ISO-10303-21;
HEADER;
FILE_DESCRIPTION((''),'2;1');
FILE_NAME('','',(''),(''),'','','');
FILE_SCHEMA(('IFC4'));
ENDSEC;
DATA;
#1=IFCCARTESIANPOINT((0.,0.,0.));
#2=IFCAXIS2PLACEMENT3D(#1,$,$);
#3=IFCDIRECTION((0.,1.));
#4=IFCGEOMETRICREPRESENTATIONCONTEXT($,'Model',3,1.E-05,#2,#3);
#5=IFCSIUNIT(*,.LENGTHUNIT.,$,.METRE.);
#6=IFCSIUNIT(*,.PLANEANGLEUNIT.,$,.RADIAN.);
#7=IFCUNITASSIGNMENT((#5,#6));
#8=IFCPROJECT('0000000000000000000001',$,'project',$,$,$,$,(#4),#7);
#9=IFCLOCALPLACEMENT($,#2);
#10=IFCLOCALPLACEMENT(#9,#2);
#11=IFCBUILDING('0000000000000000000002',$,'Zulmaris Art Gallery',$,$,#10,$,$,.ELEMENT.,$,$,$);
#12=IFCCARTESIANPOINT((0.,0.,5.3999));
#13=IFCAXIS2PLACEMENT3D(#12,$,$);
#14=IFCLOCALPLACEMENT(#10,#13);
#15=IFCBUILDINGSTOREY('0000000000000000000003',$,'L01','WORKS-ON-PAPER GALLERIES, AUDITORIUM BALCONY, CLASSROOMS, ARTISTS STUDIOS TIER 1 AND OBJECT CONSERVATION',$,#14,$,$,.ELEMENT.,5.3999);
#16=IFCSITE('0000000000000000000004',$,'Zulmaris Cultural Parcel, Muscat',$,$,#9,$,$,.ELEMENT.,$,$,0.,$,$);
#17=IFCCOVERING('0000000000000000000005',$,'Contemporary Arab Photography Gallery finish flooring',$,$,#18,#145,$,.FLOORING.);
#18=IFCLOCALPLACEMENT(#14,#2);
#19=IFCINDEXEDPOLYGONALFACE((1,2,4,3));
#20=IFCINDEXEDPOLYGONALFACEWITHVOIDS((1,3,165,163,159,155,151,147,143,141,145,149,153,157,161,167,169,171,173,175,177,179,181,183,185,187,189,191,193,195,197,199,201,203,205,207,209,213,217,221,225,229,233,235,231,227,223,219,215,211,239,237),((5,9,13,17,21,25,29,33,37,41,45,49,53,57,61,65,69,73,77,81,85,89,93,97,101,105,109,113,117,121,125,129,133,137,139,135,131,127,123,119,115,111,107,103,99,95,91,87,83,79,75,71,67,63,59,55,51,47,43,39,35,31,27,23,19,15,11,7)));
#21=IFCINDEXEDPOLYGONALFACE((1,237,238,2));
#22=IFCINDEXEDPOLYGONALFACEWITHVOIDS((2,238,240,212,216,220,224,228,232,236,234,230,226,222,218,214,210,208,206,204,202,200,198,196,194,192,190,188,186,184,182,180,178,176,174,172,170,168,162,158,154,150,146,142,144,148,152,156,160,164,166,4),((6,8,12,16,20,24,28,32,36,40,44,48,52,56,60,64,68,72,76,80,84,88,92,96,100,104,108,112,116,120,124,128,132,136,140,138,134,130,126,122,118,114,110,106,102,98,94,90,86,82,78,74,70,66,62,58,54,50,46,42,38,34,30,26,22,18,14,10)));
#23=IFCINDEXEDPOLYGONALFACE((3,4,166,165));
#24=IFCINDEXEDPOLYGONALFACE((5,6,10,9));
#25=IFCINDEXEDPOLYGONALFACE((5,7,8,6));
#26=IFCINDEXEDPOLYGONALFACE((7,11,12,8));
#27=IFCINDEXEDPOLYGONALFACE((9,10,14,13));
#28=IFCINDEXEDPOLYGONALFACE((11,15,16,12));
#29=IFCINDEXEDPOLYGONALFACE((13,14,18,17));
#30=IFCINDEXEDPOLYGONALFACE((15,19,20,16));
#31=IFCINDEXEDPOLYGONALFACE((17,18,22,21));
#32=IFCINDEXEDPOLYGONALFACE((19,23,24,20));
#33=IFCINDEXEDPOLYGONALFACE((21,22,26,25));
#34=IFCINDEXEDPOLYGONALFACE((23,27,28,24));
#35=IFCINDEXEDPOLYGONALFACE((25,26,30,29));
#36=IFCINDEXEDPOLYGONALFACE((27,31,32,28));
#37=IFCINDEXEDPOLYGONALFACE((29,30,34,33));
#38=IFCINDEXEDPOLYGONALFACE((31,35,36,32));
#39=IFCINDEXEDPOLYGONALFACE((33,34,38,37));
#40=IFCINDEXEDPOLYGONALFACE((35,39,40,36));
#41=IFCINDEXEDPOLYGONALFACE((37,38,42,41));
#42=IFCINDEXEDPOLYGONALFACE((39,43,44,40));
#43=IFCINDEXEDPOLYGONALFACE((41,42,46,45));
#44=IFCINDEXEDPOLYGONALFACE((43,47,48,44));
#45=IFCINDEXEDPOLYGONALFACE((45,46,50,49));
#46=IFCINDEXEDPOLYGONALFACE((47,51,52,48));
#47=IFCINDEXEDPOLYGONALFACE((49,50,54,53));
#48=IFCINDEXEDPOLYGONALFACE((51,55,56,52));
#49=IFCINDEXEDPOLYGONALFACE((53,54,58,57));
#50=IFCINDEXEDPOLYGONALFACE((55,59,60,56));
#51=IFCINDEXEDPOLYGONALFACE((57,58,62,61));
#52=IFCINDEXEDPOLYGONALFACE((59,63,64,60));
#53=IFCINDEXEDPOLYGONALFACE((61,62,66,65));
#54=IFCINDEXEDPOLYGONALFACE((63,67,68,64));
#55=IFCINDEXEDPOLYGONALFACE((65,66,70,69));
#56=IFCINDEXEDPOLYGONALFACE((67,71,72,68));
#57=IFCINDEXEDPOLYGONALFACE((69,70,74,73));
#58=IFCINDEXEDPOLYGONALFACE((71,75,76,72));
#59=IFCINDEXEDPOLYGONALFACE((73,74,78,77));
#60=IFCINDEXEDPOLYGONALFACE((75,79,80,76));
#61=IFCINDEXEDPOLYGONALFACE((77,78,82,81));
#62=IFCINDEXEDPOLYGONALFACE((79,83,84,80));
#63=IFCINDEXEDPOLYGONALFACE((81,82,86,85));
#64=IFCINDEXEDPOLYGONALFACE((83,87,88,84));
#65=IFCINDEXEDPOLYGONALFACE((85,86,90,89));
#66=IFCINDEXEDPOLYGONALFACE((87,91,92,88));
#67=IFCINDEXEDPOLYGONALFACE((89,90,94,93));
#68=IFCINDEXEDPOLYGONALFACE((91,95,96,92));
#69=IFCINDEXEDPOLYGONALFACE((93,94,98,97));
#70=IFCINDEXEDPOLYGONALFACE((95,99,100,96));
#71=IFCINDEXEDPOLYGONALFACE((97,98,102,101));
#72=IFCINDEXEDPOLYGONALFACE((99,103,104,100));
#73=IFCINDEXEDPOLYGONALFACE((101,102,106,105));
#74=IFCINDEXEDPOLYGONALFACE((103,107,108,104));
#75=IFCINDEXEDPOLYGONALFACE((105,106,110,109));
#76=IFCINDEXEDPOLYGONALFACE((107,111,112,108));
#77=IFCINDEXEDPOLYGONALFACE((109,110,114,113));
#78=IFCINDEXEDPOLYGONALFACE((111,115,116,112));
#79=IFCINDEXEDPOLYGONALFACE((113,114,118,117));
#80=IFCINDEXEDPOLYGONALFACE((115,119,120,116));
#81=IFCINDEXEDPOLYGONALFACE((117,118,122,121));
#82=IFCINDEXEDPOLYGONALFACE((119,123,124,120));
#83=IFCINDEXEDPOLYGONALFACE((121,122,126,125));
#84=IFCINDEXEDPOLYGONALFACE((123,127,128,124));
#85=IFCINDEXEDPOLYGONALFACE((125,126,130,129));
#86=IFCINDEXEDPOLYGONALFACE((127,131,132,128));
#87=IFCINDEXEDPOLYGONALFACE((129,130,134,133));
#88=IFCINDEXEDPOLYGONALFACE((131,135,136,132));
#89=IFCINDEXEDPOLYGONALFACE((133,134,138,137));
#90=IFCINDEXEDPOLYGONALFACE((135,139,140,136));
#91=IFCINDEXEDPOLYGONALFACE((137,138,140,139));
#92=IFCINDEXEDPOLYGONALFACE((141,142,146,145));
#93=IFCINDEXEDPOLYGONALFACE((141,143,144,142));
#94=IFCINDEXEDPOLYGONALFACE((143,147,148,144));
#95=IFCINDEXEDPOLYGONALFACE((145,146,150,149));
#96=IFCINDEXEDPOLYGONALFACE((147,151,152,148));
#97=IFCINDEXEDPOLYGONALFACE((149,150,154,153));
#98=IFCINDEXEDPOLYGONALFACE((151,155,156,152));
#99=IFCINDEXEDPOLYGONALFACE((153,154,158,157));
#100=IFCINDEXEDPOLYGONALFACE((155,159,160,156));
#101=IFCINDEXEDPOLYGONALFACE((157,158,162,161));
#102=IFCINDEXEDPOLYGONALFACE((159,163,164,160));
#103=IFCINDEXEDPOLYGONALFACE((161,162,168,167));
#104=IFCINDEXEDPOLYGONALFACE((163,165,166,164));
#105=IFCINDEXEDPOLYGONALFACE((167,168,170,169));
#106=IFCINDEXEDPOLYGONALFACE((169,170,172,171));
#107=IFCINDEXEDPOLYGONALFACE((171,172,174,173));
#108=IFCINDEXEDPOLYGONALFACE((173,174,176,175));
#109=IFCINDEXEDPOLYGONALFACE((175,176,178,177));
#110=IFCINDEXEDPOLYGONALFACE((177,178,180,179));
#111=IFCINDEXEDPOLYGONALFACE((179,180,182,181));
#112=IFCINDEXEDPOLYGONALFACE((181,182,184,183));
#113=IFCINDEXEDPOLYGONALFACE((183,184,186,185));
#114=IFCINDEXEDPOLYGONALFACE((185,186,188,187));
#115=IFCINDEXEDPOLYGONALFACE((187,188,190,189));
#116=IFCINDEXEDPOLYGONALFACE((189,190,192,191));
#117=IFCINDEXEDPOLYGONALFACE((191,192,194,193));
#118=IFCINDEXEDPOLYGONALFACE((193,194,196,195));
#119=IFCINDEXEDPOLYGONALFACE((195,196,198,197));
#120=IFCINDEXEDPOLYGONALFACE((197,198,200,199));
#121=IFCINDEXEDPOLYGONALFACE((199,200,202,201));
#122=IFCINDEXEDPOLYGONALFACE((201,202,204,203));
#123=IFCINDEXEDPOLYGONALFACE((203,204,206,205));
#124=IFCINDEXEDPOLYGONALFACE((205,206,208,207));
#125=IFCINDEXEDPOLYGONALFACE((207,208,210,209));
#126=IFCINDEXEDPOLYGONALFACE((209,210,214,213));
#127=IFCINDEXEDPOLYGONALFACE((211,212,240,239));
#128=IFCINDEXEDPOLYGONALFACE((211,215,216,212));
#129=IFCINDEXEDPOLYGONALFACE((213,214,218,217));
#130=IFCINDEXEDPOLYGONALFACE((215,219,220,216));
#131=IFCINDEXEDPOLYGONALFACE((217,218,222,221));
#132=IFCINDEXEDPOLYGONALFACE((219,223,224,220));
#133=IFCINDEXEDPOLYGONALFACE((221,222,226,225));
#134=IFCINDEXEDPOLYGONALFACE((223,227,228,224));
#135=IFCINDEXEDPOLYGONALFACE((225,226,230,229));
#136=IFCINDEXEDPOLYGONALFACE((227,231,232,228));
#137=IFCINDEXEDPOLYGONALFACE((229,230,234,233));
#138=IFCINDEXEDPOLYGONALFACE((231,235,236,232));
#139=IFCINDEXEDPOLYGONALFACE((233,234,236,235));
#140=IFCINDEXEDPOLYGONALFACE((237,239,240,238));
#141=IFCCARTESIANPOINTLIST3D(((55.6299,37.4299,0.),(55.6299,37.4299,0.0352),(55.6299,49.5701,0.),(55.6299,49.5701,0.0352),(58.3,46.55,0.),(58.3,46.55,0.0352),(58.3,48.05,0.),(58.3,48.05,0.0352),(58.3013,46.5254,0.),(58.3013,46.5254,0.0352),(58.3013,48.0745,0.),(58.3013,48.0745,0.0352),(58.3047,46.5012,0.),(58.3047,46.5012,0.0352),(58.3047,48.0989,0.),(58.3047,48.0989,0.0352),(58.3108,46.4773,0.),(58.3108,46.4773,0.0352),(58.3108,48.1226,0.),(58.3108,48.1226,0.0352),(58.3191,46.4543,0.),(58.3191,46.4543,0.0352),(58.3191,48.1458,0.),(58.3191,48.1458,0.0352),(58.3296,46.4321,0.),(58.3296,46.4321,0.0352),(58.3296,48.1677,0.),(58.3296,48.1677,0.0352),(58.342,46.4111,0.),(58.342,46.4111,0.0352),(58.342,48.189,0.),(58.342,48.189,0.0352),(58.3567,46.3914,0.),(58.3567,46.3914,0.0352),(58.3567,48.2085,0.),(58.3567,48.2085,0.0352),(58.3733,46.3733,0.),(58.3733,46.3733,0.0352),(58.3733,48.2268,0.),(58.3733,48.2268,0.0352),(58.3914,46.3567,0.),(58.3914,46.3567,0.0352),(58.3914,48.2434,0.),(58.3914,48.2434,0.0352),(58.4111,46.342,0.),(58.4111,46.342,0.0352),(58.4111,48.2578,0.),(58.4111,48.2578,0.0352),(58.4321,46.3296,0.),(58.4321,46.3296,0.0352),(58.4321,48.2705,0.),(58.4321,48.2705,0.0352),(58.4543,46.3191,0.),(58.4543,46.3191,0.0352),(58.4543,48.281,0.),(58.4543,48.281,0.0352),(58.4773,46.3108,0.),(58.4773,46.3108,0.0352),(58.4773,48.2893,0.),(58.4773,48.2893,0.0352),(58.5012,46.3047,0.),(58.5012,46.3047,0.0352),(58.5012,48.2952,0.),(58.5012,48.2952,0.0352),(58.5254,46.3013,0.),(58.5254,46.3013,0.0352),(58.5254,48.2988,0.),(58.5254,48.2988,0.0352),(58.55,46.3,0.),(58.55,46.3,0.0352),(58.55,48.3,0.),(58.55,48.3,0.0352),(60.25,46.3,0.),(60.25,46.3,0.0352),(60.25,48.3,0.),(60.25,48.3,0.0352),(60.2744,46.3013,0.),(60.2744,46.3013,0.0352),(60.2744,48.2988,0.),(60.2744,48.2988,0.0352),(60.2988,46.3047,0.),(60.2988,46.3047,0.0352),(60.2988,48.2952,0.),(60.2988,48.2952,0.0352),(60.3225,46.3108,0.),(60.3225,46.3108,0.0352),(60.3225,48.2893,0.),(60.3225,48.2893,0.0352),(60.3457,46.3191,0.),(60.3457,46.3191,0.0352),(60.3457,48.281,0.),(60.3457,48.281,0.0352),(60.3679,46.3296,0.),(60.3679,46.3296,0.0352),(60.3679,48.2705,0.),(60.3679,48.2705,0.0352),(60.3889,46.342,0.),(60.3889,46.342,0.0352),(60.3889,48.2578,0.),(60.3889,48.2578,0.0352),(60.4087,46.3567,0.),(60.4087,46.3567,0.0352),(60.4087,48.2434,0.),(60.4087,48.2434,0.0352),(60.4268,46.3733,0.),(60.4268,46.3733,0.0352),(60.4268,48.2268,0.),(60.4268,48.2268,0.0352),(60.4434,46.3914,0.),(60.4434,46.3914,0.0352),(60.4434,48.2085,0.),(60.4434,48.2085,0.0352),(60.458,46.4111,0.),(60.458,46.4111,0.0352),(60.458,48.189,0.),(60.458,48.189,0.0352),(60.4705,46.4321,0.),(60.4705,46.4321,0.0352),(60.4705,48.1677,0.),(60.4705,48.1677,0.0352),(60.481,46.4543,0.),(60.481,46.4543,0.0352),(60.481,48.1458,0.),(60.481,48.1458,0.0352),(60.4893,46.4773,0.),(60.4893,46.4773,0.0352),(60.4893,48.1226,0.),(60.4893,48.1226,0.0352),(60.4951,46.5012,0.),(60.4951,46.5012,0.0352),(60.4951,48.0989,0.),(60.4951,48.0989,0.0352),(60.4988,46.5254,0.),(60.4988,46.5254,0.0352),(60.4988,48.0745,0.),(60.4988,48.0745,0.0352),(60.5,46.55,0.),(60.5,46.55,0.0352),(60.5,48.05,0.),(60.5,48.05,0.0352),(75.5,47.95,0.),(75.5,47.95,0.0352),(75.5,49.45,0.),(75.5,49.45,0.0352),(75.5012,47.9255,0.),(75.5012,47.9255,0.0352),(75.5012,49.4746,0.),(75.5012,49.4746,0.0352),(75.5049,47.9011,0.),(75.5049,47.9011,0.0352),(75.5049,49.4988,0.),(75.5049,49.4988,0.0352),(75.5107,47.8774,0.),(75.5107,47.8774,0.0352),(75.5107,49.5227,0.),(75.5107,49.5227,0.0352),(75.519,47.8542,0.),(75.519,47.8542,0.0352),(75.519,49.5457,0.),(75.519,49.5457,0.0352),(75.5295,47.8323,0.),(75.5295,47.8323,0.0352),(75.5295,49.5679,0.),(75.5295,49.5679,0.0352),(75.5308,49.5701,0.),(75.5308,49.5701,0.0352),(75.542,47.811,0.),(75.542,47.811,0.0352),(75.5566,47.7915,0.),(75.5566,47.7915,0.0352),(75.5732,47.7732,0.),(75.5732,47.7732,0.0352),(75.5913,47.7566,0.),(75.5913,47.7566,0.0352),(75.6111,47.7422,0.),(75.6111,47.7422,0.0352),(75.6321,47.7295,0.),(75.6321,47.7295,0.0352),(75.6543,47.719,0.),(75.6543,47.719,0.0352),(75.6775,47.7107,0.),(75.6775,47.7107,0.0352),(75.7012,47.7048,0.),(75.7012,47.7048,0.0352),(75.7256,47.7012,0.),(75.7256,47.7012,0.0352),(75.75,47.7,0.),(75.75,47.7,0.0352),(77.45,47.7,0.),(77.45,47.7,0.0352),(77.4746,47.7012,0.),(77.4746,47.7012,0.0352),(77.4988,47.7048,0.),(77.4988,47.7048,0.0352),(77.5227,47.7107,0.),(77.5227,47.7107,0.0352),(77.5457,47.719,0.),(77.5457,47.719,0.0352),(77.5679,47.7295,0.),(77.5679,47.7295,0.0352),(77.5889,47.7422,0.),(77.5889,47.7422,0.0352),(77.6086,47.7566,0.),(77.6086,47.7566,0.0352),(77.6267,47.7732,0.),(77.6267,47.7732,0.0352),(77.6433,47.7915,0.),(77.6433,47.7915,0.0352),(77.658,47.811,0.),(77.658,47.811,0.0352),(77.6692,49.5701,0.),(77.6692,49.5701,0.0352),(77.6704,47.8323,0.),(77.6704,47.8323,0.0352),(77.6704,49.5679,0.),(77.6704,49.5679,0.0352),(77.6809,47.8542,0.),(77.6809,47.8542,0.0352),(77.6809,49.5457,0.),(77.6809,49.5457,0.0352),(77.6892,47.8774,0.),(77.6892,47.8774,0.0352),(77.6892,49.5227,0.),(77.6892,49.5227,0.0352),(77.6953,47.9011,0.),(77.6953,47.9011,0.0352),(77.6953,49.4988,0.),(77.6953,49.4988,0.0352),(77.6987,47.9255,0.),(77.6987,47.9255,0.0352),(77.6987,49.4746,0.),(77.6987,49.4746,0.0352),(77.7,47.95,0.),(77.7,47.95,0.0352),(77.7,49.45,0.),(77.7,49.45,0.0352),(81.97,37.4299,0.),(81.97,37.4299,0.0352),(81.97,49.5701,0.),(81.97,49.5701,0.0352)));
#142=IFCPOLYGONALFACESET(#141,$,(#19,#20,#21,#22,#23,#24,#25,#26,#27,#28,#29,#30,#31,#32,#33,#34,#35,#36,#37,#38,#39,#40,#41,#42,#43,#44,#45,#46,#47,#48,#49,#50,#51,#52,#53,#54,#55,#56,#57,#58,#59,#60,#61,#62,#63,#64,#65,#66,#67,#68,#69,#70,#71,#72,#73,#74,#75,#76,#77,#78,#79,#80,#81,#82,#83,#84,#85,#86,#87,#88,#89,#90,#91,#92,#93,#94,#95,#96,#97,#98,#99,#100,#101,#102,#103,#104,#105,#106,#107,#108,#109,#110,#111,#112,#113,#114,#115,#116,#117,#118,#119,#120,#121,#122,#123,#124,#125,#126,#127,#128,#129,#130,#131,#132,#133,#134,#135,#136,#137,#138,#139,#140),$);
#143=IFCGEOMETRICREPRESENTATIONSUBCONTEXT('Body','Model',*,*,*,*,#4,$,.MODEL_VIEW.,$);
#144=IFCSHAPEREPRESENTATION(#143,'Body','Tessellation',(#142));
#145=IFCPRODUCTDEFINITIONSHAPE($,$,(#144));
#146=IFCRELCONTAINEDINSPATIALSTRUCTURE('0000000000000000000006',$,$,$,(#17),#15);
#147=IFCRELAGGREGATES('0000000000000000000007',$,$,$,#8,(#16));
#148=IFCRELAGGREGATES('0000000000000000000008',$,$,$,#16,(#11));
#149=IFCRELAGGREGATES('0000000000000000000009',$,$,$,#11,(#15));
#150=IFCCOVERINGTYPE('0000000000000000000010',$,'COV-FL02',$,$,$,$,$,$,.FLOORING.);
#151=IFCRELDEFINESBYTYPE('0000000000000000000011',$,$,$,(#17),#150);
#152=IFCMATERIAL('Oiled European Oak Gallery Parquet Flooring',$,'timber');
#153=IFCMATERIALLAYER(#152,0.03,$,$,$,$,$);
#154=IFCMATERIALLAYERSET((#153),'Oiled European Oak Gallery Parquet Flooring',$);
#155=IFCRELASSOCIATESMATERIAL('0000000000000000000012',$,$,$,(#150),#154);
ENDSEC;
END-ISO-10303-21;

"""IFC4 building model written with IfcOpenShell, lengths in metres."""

from ifc_helpers import new_model, si_unit, direction, frame, origin, place, context, subcontext, project, spatial, polyline, outline, extrude, material, layer, layer_set, type_object, element, save


model = new_model("IFC4")

# Units and contexts
model_context = context("Model", 3, precision=1e-05, world=origin(), true_north=direction((0.0, 1.0)))
body_context = subcontext(model_context, "Body", "Model", "MODEL_VIEW")
ifc_project = project(units=[si_unit("LENGTHUNIT", "METRE"), si_unit("PLANEANGLEUNIT", "RADIAN")], contexts=[model_context])

# Site, building, storey
site_placement = place(None, origin())
site = spatial("IfcSite", under=ifc_project, at=site_placement, Name="Zulmaris Cultural Parcel, Muscat", CompositionType="ELEMENT", RefElevation=0.0)
building_placement = place(site_placement, origin())
building = spatial("IfcBuilding", under=site, at=building_placement, Name="Zulmaris Art Gallery", CompositionType="ELEMENT")
storey_placement = place(building_placement, frame((0.0, 0.0, 5.3999)))
storey = spatial("IfcBuildingStorey", under=building, at=storey_placement, Name="L01", Description="WORKS-ON-PAPER GALLERIES, AUDITORIUM BALCONY, CLASSROOMS, ARTISTS STUDIOS TIER 1 AND OBJECT CONSERVATION", CompositionType="ELEMENT", Elevation=5.3999)

# Covering
ifc_material_1 = material(Name="Oiled European Oak Gallery Parquet Flooring", Category="timber")
ifc_layer_1 = layer(ifc_material_1, 0.03)
ifc_layer_set_1 = layer_set([ifc_layer_1], Name="Oiled European Oak Gallery Parquet Flooring")
covering_type_1 = type_object("IfcCoveringType", Name="COV-FL02", PredefinedType="FLOORING", material=ifc_layer_set_1)
covering_1_placement = place(storey_placement, origin())
element("IfcCovering", 1, at=covering_1_placement, inside=storey, type_object=covering_type_1, Name="Contemporary Arab Photography Gallery finish flooring", PredefinedType="FLOORING", context=body_context, shape_type="SweptSolid", body=[
    extrude(outline(polyline([(75.5295, 49.5679), (75.519, 49.5457), (75.5107, 49.5227), (75.5049, 49.4988), (75.5012, 49.4746), (75.5, 49.45), (75.5, 47.95), (75.5012, 47.9255), (75.5049, 47.9011), (75.5107, 47.8774), (75.519, 47.8542), (75.5295, 47.8323), (75.542, 47.811), (75.5566, 47.7915), (75.5732, 47.7732), (75.5913, 47.7566), (75.6111, 47.7422), (75.6321, 47.7295), (75.6543, 47.719), (75.6775, 47.7107), (75.7012, 47.7048), (75.7256, 47.7012), (75.75, 47.7), (77.45, 47.7), (77.4746, 47.7012), (77.4988, 47.7048), (77.5227, 47.7107), (77.5457, 47.719), (77.5679, 47.7295), (77.5889, 47.7422), (77.6086, 47.7566), (77.6267, 47.7732), (77.6433, 47.7915), (77.658, 47.811), (77.6704, 47.8323), (77.6809, 47.8542), (77.6892, 47.8774), (77.6953, 47.9011), (77.6987, 47.9255), (77.7, 47.95), (77.7, 49.45), (77.6987, 49.4746), (77.6953, 49.4988), (77.6892, 49.5227), (77.6809, 49.5457), (77.6704, 49.5679), (77.6692, 49.5701), (81.97, 49.5701), (81.97, 37.4299), (55.6299, 37.4299), (55.6299, 49.5701), (75.5308, 49.5701), (75.5295, 49.5679)]), holes=[polyline([(58.5254, 48.2988), (58.5012, 48.2952), (58.4773, 48.2893), (58.4543, 48.281), (58.4321, 48.2705), (58.4111, 48.2578), (58.3914, 48.2434), (58.3733, 48.2268), (58.3567, 48.2085), (58.342, 48.189), (58.3296, 48.1677), (58.3191, 48.1458), (58.3108, 48.1226), (58.3047, 48.0989), (58.3013, 48.0745), (58.3, 48.05), (58.3, 46.55), (58.3013, 46.5254), (58.3047, 46.5012), (58.3108, 46.4773), (58.3191, 46.4543), (58.3296, 46.4321), (58.342, 46.4111), (58.3567, 46.3914), (58.3733, 46.3733), (58.3914, 46.3567), (58.4111, 46.342), (58.4321, 46.3296), (58.4543, 46.3191), (58.4773, 46.3108), (58.5012, 46.3047), (58.5254, 46.3013), (58.55, 46.3), (60.25, 46.3), (60.2744, 46.3013), (60.2988, 46.3047), (60.3225, 46.3108), (60.3457, 46.3191), (60.3679, 46.3296), (60.3889, 46.342), (60.4087, 46.3567), (60.4268, 46.3733), (60.4434, 46.3914), (60.458, 46.4111), (60.4705, 46.4321), (60.481, 46.4543), (60.4893, 46.4773), (60.4951, 46.5012), (60.4988, 46.5254), (60.5, 46.55), (60.5, 48.05), (60.4988, 48.0745), (60.4951, 48.0989), (60.4893, 48.1226), (60.481, 48.1458), (60.4705, 48.1677), (60.458, 48.189), (60.4434, 48.2085), (60.4268, 48.2268), (60.4087, 48.2434), (60.3889, 48.2578), (60.3679, 48.2705), (60.3457, 48.281), (60.3225, 48.2893), (60.2988, 48.2952), (60.2744, 48.2988), (60.25, 48.3), (58.55, 48.3), (58.5254, 48.2988)])]), origin(), (0.0, 0.0, 1.0), 0.0352),
])

save(model, "model.ifc")
